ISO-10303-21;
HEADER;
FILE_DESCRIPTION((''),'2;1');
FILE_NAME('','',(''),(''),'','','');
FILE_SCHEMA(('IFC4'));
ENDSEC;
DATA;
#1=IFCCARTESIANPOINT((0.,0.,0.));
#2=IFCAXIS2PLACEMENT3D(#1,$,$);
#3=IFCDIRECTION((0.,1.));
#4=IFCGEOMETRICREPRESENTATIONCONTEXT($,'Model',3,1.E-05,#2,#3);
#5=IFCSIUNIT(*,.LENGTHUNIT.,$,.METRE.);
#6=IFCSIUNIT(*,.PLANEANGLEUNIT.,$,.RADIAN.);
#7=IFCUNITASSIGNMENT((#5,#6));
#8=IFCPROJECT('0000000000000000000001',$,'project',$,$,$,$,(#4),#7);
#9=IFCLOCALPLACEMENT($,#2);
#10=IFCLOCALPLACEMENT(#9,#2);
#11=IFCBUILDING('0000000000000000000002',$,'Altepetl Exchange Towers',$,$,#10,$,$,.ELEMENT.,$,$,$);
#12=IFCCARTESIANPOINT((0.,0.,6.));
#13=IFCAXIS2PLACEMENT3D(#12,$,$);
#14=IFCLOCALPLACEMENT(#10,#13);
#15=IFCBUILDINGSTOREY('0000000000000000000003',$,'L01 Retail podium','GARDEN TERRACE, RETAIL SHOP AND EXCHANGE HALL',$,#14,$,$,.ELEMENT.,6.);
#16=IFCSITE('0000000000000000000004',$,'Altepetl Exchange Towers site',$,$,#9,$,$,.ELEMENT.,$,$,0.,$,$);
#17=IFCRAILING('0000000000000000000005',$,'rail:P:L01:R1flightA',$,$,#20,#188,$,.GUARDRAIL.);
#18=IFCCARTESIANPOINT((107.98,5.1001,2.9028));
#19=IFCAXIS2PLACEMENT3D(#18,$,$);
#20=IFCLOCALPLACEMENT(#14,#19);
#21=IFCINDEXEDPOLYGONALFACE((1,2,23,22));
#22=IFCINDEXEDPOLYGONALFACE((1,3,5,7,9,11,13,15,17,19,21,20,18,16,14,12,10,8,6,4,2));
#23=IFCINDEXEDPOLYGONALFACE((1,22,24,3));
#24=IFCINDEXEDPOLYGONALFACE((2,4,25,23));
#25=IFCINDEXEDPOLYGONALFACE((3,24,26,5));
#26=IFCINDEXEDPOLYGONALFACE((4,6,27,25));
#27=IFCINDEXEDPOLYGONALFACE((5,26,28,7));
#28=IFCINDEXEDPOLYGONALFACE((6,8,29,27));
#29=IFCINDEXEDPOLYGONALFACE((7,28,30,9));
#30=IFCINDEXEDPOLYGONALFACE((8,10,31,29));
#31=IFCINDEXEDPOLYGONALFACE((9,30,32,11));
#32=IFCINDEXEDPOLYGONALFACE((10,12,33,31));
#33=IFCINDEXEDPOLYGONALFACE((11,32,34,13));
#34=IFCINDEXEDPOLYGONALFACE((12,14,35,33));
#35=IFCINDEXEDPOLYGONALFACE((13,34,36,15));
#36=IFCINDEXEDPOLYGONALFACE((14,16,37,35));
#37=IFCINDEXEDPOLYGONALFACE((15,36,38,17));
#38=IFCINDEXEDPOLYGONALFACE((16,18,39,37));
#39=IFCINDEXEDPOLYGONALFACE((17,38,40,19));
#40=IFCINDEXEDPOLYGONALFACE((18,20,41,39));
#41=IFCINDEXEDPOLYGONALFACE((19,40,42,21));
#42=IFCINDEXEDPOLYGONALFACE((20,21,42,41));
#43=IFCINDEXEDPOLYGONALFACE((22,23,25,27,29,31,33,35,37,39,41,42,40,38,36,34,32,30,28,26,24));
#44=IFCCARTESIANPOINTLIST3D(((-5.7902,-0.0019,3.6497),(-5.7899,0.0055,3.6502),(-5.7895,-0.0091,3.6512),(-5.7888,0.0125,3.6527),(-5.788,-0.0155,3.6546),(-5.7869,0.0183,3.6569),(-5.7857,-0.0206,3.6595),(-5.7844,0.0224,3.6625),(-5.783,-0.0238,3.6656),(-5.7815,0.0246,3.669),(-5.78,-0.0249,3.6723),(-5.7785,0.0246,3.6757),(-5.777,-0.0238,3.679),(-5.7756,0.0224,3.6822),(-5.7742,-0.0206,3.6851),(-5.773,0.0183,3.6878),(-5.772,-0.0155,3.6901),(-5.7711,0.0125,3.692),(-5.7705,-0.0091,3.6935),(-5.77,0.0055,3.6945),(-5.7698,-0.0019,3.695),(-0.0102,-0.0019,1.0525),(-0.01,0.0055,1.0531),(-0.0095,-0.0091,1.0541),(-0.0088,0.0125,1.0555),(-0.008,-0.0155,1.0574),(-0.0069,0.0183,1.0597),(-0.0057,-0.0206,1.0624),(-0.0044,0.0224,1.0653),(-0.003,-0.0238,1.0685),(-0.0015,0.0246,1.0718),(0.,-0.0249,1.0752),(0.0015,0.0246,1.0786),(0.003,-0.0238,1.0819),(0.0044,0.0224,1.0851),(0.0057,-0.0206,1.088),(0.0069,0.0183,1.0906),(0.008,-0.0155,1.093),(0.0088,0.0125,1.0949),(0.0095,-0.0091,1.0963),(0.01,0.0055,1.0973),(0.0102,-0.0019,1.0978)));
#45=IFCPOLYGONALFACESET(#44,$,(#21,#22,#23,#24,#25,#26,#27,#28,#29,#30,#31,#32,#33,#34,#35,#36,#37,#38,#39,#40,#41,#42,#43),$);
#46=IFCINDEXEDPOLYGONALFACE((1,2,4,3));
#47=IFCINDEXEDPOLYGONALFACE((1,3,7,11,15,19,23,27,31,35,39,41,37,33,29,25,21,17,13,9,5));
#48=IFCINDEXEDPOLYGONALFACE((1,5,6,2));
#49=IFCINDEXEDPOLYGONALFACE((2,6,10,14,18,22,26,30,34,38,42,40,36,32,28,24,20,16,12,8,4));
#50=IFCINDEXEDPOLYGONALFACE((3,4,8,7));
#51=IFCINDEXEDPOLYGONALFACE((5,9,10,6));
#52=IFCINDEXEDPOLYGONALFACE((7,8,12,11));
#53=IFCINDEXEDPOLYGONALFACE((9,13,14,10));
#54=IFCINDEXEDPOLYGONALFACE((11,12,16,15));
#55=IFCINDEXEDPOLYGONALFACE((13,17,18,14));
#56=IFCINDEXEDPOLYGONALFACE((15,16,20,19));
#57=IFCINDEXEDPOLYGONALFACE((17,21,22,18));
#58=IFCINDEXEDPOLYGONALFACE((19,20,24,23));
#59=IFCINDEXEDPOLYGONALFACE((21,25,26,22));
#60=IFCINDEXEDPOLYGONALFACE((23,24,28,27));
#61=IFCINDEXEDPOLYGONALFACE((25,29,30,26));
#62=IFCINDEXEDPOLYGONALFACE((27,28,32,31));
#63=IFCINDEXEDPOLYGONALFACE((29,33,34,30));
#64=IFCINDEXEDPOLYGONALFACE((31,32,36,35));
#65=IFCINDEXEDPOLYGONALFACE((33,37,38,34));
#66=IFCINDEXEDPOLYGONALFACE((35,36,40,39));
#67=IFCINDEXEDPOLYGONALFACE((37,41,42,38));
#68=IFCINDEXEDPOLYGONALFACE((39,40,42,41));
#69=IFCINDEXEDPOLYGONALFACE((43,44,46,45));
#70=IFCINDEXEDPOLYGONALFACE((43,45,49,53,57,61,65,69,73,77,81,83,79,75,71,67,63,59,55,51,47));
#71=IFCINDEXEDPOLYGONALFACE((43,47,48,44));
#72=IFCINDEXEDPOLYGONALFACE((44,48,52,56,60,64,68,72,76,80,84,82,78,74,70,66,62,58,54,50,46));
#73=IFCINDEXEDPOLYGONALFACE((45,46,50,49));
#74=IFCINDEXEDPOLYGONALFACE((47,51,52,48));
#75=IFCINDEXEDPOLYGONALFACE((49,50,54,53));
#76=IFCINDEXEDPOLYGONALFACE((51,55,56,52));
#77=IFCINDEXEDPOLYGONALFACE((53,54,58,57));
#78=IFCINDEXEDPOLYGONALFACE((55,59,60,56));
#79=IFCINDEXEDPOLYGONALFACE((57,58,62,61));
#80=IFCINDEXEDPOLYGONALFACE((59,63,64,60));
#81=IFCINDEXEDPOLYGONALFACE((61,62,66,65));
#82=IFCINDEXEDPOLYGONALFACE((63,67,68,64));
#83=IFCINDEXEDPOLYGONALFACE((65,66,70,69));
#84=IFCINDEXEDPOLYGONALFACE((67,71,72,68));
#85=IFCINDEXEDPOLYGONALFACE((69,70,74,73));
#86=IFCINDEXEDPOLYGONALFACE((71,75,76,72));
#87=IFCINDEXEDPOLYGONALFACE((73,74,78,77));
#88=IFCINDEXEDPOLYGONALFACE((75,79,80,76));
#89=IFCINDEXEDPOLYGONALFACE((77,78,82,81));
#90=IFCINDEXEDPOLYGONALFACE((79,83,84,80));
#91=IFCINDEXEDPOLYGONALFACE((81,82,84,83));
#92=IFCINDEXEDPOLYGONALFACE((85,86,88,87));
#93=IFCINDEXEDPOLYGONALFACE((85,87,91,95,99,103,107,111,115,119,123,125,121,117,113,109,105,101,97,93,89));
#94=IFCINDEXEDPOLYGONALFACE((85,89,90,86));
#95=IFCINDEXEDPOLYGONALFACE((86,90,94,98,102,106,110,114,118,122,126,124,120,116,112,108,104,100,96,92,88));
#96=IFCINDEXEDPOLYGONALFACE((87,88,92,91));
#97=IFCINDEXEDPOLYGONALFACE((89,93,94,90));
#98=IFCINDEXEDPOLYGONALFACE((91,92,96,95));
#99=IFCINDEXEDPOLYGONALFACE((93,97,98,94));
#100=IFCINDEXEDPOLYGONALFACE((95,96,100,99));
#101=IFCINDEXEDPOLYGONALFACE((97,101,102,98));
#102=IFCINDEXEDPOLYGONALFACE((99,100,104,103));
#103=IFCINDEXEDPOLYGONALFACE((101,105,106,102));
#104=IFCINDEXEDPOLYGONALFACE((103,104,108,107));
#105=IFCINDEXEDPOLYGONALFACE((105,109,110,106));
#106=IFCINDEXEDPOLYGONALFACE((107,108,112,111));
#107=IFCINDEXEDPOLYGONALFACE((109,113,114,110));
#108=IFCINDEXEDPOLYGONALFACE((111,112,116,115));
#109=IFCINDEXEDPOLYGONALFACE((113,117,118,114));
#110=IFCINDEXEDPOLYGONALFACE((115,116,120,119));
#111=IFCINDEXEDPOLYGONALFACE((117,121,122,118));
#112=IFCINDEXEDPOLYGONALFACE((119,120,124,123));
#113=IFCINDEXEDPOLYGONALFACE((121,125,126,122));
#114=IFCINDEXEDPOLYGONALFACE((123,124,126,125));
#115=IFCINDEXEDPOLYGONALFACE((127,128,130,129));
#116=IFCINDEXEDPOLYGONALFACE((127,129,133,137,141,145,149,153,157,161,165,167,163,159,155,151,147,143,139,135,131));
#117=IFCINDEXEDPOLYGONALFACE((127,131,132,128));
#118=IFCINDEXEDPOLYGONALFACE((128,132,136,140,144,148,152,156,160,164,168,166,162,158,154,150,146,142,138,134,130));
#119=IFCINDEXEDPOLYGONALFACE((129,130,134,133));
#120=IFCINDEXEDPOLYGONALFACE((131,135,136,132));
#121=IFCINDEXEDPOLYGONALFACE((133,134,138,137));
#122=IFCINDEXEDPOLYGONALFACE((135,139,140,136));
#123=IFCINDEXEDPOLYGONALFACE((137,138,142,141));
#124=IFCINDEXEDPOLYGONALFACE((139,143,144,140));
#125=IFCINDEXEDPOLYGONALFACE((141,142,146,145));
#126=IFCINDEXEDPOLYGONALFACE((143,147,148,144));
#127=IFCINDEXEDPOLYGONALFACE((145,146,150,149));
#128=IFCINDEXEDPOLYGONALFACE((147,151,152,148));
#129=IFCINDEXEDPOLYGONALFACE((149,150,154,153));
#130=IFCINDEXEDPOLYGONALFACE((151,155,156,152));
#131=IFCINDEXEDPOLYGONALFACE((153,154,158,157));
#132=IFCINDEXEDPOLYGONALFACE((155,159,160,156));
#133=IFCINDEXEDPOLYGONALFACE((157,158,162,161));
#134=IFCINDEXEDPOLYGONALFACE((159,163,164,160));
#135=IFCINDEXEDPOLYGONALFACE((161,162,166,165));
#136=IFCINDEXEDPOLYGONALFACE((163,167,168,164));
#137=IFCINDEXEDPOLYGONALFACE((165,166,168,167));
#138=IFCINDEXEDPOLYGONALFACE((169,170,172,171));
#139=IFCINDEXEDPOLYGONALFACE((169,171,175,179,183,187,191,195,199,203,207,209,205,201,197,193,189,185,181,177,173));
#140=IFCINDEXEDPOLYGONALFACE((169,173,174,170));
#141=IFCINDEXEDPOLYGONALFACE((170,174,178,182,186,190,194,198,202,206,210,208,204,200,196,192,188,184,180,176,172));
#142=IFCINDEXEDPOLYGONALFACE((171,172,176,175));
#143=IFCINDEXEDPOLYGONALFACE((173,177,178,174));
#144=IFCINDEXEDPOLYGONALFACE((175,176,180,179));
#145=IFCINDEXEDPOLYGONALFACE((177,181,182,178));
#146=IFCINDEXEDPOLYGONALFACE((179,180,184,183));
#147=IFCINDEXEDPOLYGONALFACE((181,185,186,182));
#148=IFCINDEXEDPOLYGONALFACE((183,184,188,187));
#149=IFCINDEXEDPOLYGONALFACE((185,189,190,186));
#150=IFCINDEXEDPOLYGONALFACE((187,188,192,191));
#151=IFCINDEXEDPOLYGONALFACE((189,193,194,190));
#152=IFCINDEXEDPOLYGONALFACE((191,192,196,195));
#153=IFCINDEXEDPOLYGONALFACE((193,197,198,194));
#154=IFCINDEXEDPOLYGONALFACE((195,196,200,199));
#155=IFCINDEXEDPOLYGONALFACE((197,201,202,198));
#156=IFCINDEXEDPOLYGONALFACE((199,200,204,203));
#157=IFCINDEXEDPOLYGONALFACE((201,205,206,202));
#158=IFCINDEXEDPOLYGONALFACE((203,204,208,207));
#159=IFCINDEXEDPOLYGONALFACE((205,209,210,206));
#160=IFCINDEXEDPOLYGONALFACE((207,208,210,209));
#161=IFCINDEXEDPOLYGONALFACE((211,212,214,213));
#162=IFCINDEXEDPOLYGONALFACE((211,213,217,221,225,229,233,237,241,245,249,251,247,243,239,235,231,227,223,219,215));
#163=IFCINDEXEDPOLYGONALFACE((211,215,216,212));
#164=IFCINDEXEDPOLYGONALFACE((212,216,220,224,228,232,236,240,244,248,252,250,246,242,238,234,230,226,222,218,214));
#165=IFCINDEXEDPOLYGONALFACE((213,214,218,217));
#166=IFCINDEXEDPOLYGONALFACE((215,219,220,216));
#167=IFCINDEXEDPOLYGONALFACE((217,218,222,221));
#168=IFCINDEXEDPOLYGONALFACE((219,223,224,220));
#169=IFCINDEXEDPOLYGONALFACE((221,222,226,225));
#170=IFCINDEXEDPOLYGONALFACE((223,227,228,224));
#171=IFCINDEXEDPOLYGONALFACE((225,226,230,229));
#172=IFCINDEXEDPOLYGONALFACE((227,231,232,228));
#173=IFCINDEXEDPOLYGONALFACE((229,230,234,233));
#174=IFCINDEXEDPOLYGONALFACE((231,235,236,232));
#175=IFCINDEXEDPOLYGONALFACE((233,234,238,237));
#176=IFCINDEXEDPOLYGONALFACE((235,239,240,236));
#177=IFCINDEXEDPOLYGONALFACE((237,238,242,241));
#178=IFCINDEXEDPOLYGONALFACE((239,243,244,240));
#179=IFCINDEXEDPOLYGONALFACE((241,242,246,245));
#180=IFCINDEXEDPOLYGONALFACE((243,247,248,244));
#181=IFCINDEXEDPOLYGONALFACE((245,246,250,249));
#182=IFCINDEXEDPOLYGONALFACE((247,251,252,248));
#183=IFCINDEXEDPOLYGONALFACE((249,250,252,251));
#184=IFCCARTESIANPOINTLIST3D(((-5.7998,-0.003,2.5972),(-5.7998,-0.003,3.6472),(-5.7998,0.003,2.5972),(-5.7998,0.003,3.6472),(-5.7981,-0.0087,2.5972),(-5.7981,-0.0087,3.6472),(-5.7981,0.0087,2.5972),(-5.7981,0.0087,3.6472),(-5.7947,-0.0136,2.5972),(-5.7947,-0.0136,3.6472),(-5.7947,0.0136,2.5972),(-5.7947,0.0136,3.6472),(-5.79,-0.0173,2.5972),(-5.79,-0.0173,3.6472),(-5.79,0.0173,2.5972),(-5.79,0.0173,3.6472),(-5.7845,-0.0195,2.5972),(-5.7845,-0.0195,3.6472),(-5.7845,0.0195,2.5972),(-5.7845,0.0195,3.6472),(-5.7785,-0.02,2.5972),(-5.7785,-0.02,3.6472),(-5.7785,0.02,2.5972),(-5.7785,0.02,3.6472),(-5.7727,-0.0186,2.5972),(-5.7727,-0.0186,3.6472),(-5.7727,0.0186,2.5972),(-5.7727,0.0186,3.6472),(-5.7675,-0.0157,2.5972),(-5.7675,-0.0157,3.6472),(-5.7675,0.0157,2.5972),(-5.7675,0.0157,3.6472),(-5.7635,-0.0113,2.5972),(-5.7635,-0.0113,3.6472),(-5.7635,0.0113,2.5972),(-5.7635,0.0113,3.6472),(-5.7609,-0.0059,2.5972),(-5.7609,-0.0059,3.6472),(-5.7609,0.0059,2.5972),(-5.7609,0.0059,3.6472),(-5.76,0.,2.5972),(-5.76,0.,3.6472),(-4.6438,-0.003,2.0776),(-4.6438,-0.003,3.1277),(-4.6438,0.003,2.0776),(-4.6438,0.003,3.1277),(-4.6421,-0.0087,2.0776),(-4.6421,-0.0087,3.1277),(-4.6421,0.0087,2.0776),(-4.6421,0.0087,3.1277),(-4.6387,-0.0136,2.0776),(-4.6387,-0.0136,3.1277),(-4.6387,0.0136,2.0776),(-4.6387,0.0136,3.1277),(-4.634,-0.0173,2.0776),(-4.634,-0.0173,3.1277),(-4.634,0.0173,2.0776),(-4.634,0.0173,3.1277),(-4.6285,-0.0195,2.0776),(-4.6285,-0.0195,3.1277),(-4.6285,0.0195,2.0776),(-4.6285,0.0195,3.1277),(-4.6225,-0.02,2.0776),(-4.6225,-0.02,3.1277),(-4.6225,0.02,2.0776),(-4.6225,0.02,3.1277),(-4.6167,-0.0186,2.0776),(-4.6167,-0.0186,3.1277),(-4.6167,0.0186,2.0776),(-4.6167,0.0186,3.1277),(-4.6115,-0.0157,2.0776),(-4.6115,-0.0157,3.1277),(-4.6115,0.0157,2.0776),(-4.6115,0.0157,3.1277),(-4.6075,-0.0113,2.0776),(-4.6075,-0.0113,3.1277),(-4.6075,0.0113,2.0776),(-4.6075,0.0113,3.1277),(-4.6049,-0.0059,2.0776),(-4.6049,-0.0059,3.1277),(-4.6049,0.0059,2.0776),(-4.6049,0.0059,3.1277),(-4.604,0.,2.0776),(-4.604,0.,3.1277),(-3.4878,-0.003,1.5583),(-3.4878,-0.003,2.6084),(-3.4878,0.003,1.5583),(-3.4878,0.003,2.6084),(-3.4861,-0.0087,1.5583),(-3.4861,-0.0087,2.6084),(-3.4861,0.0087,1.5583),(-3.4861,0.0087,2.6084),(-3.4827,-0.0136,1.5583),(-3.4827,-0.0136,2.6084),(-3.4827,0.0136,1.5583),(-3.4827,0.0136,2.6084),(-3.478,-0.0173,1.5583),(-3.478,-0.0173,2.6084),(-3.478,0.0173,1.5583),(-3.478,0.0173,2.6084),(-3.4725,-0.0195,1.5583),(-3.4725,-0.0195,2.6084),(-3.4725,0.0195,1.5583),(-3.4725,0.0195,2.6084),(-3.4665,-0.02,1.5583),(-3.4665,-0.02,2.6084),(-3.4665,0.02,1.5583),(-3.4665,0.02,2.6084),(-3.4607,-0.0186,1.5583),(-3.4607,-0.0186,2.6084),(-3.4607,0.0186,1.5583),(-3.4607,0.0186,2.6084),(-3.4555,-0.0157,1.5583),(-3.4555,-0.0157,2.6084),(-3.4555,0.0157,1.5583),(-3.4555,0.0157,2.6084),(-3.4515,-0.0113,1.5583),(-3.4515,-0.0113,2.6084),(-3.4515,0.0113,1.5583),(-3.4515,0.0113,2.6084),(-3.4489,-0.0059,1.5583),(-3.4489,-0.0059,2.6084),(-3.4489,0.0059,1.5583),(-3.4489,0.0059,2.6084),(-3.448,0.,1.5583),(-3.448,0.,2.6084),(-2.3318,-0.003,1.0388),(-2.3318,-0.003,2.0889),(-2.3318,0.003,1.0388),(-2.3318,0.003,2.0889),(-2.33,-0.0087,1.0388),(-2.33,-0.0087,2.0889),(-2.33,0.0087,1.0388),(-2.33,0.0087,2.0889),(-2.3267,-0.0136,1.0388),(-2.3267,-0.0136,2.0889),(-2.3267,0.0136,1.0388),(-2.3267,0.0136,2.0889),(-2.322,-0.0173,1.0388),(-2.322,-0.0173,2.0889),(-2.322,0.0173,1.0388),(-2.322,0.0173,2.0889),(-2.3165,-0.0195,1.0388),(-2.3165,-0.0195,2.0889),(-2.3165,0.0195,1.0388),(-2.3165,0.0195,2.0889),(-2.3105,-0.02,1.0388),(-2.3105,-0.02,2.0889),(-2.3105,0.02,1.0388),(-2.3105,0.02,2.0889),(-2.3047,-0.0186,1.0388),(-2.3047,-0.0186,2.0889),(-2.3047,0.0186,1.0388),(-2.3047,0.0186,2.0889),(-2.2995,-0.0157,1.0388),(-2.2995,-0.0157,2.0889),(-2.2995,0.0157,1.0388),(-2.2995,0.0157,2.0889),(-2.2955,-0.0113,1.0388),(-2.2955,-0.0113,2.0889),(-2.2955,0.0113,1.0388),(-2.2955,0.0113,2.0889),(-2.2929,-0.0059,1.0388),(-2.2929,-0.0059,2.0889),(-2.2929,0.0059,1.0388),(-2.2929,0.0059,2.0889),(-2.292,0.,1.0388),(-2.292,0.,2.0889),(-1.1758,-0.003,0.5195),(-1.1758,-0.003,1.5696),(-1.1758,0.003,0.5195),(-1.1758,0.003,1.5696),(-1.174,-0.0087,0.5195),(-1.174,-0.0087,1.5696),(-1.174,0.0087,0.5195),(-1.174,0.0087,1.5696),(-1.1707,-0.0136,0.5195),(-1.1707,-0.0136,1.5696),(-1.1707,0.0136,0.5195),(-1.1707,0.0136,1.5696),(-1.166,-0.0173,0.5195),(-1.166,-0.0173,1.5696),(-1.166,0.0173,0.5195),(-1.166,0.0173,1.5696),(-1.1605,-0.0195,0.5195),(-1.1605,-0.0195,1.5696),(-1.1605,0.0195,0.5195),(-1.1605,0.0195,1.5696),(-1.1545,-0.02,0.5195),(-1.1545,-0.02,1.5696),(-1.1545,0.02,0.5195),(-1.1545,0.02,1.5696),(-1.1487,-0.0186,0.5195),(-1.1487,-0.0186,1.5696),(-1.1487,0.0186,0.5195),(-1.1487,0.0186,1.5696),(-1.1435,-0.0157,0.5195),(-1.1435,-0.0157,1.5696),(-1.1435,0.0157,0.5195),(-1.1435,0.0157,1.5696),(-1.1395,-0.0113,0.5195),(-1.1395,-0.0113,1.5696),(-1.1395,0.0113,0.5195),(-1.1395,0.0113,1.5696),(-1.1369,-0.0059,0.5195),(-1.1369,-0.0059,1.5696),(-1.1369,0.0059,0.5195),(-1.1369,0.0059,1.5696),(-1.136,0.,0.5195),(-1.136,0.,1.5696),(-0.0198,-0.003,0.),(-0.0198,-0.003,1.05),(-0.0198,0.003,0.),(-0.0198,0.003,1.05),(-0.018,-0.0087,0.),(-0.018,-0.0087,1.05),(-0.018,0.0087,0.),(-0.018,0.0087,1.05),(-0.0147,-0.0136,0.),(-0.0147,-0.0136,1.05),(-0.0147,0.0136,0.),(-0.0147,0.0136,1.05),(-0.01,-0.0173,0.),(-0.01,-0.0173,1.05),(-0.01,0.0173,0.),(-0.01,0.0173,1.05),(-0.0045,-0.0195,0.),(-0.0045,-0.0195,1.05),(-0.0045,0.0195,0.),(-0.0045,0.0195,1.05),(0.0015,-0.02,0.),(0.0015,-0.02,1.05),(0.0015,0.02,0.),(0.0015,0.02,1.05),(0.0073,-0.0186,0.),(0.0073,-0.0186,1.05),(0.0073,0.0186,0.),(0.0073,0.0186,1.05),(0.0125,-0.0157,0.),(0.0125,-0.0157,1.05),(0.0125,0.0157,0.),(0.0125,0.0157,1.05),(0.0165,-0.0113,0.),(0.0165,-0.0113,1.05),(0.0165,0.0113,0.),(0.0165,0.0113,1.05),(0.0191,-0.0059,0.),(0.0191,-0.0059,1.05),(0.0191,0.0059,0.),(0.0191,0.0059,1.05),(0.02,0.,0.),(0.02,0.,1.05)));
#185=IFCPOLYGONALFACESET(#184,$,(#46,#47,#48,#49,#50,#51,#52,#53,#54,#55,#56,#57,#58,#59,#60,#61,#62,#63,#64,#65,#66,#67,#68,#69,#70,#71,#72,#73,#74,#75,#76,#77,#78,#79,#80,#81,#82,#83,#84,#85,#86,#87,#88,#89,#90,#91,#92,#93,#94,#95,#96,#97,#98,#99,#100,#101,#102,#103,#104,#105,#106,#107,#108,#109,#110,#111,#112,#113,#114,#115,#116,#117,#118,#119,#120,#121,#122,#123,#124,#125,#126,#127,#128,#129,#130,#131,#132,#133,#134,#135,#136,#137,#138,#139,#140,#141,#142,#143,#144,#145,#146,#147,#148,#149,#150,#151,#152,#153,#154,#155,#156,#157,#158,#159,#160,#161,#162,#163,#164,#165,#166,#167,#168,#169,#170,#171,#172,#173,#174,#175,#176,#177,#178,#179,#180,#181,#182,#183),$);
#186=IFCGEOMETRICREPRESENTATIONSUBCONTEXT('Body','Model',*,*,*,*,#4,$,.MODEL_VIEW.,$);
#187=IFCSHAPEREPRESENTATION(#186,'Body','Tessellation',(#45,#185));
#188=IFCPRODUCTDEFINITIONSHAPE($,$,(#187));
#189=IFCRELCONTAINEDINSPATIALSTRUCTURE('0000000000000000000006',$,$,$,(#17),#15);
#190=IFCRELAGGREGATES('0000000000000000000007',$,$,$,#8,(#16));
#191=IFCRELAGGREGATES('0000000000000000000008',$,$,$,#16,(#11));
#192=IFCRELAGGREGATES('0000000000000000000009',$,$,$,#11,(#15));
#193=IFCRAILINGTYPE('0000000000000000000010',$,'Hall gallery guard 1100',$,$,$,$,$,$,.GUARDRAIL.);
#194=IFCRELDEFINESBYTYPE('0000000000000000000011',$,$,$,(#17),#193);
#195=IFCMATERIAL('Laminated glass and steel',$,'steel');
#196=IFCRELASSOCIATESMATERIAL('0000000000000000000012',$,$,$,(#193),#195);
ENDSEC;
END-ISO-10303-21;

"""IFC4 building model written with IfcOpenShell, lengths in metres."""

from ifc_helpers import new_model, si_unit, direction, frame, origin, origin_2d, place, context, subcontext, project, spatial, circle, extrude, source, transform, mapped, material, type_object, element, save


model = new_model("IFC4")

# Units and contexts
model_context = context("Model", 3, precision=1e-05, world=origin(), true_north=direction((0.0, 1.0)))
body_context = subcontext(model_context, "Body", "Model", "MODEL_VIEW")
ifc_project = project(units=[si_unit("LENGTHUNIT", "METRE"), si_unit("PLANEANGLEUNIT", "RADIAN")], contexts=[model_context])

# Site, building, storey
site_placement = place(None, origin())
site = spatial("IfcSite", under=ifc_project, at=site_placement, Name="Altepetl Exchange Towers site", CompositionType="ELEMENT", RefElevation=0.0)
building_placement = place(site_placement, origin())
building = spatial("IfcBuilding", under=site, at=building_placement, Name="Altepetl Exchange Towers", CompositionType="ELEMENT")
storey_placement = place(building_placement, frame((0.0, 0.0, 6.0)))
storey = spatial("IfcBuildingStorey", under=building, at=storey_placement, Name="L01 Retail podium", Description="GARDEN TERRACE, RETAIL SHOP AND EXCHANGE HALL", CompositionType="ELEMENT", Elevation=6.0)

# Railing
ifc_material_1 = material(Name="Laminated glass and steel", Category="steel")
railing_type_1 = type_object("IfcRailingType", Name="Hall gallery guard 1100", PredefinedType="GUARDRAIL", material=ifc_material_1)
shared_shape_1 = source(origin(), body_context, "Body", "SweptSolid", [
    extrude(circle(Radius=0.02, at=origin_2d()), origin(), (0.0, 0.0, 1.0), 1.05),
])
for number, where, name in (
    (1, (107.98, 5.1001, 2.9028), "rail:P:L01:R1flightA"),
):
    element("IfcRailing", number, at=place(storey_placement, frame(where)), inside=storey, type_object=railing_type_1, Name=name, PredefinedType="GUARDRAIL", context=body_context, shape_type="SweptSolid", body=[
        extrude(circle(Radius=0.0249, at=origin_2d()), frame((0.0, 0.0, 1.0752), z_axis=(-0.912148, 0.0, 0.40986), x_axis=(0.0, -1.0, 0.0)), (0.0, 0.0, 1.0), 6.3367),
        mapped(shared_shape_1, transform((0.0, 0.0, 0.0))),
        mapped(shared_shape_1, transform((-1.156, 0.0, 0.5195))),
        mapped(shared_shape_1, transform((-2.312, 0.0, 1.0388))),
        mapped(shared_shape_1, transform((-3.468, 0.0, 1.5583))),
        mapped(shared_shape_1, transform((-4.624, 0.0, 2.0776))),
        mapped(shared_shape_1, transform((-5.78, 0.0, 2.5972))),
    ])

save(model, "model.ifc")
